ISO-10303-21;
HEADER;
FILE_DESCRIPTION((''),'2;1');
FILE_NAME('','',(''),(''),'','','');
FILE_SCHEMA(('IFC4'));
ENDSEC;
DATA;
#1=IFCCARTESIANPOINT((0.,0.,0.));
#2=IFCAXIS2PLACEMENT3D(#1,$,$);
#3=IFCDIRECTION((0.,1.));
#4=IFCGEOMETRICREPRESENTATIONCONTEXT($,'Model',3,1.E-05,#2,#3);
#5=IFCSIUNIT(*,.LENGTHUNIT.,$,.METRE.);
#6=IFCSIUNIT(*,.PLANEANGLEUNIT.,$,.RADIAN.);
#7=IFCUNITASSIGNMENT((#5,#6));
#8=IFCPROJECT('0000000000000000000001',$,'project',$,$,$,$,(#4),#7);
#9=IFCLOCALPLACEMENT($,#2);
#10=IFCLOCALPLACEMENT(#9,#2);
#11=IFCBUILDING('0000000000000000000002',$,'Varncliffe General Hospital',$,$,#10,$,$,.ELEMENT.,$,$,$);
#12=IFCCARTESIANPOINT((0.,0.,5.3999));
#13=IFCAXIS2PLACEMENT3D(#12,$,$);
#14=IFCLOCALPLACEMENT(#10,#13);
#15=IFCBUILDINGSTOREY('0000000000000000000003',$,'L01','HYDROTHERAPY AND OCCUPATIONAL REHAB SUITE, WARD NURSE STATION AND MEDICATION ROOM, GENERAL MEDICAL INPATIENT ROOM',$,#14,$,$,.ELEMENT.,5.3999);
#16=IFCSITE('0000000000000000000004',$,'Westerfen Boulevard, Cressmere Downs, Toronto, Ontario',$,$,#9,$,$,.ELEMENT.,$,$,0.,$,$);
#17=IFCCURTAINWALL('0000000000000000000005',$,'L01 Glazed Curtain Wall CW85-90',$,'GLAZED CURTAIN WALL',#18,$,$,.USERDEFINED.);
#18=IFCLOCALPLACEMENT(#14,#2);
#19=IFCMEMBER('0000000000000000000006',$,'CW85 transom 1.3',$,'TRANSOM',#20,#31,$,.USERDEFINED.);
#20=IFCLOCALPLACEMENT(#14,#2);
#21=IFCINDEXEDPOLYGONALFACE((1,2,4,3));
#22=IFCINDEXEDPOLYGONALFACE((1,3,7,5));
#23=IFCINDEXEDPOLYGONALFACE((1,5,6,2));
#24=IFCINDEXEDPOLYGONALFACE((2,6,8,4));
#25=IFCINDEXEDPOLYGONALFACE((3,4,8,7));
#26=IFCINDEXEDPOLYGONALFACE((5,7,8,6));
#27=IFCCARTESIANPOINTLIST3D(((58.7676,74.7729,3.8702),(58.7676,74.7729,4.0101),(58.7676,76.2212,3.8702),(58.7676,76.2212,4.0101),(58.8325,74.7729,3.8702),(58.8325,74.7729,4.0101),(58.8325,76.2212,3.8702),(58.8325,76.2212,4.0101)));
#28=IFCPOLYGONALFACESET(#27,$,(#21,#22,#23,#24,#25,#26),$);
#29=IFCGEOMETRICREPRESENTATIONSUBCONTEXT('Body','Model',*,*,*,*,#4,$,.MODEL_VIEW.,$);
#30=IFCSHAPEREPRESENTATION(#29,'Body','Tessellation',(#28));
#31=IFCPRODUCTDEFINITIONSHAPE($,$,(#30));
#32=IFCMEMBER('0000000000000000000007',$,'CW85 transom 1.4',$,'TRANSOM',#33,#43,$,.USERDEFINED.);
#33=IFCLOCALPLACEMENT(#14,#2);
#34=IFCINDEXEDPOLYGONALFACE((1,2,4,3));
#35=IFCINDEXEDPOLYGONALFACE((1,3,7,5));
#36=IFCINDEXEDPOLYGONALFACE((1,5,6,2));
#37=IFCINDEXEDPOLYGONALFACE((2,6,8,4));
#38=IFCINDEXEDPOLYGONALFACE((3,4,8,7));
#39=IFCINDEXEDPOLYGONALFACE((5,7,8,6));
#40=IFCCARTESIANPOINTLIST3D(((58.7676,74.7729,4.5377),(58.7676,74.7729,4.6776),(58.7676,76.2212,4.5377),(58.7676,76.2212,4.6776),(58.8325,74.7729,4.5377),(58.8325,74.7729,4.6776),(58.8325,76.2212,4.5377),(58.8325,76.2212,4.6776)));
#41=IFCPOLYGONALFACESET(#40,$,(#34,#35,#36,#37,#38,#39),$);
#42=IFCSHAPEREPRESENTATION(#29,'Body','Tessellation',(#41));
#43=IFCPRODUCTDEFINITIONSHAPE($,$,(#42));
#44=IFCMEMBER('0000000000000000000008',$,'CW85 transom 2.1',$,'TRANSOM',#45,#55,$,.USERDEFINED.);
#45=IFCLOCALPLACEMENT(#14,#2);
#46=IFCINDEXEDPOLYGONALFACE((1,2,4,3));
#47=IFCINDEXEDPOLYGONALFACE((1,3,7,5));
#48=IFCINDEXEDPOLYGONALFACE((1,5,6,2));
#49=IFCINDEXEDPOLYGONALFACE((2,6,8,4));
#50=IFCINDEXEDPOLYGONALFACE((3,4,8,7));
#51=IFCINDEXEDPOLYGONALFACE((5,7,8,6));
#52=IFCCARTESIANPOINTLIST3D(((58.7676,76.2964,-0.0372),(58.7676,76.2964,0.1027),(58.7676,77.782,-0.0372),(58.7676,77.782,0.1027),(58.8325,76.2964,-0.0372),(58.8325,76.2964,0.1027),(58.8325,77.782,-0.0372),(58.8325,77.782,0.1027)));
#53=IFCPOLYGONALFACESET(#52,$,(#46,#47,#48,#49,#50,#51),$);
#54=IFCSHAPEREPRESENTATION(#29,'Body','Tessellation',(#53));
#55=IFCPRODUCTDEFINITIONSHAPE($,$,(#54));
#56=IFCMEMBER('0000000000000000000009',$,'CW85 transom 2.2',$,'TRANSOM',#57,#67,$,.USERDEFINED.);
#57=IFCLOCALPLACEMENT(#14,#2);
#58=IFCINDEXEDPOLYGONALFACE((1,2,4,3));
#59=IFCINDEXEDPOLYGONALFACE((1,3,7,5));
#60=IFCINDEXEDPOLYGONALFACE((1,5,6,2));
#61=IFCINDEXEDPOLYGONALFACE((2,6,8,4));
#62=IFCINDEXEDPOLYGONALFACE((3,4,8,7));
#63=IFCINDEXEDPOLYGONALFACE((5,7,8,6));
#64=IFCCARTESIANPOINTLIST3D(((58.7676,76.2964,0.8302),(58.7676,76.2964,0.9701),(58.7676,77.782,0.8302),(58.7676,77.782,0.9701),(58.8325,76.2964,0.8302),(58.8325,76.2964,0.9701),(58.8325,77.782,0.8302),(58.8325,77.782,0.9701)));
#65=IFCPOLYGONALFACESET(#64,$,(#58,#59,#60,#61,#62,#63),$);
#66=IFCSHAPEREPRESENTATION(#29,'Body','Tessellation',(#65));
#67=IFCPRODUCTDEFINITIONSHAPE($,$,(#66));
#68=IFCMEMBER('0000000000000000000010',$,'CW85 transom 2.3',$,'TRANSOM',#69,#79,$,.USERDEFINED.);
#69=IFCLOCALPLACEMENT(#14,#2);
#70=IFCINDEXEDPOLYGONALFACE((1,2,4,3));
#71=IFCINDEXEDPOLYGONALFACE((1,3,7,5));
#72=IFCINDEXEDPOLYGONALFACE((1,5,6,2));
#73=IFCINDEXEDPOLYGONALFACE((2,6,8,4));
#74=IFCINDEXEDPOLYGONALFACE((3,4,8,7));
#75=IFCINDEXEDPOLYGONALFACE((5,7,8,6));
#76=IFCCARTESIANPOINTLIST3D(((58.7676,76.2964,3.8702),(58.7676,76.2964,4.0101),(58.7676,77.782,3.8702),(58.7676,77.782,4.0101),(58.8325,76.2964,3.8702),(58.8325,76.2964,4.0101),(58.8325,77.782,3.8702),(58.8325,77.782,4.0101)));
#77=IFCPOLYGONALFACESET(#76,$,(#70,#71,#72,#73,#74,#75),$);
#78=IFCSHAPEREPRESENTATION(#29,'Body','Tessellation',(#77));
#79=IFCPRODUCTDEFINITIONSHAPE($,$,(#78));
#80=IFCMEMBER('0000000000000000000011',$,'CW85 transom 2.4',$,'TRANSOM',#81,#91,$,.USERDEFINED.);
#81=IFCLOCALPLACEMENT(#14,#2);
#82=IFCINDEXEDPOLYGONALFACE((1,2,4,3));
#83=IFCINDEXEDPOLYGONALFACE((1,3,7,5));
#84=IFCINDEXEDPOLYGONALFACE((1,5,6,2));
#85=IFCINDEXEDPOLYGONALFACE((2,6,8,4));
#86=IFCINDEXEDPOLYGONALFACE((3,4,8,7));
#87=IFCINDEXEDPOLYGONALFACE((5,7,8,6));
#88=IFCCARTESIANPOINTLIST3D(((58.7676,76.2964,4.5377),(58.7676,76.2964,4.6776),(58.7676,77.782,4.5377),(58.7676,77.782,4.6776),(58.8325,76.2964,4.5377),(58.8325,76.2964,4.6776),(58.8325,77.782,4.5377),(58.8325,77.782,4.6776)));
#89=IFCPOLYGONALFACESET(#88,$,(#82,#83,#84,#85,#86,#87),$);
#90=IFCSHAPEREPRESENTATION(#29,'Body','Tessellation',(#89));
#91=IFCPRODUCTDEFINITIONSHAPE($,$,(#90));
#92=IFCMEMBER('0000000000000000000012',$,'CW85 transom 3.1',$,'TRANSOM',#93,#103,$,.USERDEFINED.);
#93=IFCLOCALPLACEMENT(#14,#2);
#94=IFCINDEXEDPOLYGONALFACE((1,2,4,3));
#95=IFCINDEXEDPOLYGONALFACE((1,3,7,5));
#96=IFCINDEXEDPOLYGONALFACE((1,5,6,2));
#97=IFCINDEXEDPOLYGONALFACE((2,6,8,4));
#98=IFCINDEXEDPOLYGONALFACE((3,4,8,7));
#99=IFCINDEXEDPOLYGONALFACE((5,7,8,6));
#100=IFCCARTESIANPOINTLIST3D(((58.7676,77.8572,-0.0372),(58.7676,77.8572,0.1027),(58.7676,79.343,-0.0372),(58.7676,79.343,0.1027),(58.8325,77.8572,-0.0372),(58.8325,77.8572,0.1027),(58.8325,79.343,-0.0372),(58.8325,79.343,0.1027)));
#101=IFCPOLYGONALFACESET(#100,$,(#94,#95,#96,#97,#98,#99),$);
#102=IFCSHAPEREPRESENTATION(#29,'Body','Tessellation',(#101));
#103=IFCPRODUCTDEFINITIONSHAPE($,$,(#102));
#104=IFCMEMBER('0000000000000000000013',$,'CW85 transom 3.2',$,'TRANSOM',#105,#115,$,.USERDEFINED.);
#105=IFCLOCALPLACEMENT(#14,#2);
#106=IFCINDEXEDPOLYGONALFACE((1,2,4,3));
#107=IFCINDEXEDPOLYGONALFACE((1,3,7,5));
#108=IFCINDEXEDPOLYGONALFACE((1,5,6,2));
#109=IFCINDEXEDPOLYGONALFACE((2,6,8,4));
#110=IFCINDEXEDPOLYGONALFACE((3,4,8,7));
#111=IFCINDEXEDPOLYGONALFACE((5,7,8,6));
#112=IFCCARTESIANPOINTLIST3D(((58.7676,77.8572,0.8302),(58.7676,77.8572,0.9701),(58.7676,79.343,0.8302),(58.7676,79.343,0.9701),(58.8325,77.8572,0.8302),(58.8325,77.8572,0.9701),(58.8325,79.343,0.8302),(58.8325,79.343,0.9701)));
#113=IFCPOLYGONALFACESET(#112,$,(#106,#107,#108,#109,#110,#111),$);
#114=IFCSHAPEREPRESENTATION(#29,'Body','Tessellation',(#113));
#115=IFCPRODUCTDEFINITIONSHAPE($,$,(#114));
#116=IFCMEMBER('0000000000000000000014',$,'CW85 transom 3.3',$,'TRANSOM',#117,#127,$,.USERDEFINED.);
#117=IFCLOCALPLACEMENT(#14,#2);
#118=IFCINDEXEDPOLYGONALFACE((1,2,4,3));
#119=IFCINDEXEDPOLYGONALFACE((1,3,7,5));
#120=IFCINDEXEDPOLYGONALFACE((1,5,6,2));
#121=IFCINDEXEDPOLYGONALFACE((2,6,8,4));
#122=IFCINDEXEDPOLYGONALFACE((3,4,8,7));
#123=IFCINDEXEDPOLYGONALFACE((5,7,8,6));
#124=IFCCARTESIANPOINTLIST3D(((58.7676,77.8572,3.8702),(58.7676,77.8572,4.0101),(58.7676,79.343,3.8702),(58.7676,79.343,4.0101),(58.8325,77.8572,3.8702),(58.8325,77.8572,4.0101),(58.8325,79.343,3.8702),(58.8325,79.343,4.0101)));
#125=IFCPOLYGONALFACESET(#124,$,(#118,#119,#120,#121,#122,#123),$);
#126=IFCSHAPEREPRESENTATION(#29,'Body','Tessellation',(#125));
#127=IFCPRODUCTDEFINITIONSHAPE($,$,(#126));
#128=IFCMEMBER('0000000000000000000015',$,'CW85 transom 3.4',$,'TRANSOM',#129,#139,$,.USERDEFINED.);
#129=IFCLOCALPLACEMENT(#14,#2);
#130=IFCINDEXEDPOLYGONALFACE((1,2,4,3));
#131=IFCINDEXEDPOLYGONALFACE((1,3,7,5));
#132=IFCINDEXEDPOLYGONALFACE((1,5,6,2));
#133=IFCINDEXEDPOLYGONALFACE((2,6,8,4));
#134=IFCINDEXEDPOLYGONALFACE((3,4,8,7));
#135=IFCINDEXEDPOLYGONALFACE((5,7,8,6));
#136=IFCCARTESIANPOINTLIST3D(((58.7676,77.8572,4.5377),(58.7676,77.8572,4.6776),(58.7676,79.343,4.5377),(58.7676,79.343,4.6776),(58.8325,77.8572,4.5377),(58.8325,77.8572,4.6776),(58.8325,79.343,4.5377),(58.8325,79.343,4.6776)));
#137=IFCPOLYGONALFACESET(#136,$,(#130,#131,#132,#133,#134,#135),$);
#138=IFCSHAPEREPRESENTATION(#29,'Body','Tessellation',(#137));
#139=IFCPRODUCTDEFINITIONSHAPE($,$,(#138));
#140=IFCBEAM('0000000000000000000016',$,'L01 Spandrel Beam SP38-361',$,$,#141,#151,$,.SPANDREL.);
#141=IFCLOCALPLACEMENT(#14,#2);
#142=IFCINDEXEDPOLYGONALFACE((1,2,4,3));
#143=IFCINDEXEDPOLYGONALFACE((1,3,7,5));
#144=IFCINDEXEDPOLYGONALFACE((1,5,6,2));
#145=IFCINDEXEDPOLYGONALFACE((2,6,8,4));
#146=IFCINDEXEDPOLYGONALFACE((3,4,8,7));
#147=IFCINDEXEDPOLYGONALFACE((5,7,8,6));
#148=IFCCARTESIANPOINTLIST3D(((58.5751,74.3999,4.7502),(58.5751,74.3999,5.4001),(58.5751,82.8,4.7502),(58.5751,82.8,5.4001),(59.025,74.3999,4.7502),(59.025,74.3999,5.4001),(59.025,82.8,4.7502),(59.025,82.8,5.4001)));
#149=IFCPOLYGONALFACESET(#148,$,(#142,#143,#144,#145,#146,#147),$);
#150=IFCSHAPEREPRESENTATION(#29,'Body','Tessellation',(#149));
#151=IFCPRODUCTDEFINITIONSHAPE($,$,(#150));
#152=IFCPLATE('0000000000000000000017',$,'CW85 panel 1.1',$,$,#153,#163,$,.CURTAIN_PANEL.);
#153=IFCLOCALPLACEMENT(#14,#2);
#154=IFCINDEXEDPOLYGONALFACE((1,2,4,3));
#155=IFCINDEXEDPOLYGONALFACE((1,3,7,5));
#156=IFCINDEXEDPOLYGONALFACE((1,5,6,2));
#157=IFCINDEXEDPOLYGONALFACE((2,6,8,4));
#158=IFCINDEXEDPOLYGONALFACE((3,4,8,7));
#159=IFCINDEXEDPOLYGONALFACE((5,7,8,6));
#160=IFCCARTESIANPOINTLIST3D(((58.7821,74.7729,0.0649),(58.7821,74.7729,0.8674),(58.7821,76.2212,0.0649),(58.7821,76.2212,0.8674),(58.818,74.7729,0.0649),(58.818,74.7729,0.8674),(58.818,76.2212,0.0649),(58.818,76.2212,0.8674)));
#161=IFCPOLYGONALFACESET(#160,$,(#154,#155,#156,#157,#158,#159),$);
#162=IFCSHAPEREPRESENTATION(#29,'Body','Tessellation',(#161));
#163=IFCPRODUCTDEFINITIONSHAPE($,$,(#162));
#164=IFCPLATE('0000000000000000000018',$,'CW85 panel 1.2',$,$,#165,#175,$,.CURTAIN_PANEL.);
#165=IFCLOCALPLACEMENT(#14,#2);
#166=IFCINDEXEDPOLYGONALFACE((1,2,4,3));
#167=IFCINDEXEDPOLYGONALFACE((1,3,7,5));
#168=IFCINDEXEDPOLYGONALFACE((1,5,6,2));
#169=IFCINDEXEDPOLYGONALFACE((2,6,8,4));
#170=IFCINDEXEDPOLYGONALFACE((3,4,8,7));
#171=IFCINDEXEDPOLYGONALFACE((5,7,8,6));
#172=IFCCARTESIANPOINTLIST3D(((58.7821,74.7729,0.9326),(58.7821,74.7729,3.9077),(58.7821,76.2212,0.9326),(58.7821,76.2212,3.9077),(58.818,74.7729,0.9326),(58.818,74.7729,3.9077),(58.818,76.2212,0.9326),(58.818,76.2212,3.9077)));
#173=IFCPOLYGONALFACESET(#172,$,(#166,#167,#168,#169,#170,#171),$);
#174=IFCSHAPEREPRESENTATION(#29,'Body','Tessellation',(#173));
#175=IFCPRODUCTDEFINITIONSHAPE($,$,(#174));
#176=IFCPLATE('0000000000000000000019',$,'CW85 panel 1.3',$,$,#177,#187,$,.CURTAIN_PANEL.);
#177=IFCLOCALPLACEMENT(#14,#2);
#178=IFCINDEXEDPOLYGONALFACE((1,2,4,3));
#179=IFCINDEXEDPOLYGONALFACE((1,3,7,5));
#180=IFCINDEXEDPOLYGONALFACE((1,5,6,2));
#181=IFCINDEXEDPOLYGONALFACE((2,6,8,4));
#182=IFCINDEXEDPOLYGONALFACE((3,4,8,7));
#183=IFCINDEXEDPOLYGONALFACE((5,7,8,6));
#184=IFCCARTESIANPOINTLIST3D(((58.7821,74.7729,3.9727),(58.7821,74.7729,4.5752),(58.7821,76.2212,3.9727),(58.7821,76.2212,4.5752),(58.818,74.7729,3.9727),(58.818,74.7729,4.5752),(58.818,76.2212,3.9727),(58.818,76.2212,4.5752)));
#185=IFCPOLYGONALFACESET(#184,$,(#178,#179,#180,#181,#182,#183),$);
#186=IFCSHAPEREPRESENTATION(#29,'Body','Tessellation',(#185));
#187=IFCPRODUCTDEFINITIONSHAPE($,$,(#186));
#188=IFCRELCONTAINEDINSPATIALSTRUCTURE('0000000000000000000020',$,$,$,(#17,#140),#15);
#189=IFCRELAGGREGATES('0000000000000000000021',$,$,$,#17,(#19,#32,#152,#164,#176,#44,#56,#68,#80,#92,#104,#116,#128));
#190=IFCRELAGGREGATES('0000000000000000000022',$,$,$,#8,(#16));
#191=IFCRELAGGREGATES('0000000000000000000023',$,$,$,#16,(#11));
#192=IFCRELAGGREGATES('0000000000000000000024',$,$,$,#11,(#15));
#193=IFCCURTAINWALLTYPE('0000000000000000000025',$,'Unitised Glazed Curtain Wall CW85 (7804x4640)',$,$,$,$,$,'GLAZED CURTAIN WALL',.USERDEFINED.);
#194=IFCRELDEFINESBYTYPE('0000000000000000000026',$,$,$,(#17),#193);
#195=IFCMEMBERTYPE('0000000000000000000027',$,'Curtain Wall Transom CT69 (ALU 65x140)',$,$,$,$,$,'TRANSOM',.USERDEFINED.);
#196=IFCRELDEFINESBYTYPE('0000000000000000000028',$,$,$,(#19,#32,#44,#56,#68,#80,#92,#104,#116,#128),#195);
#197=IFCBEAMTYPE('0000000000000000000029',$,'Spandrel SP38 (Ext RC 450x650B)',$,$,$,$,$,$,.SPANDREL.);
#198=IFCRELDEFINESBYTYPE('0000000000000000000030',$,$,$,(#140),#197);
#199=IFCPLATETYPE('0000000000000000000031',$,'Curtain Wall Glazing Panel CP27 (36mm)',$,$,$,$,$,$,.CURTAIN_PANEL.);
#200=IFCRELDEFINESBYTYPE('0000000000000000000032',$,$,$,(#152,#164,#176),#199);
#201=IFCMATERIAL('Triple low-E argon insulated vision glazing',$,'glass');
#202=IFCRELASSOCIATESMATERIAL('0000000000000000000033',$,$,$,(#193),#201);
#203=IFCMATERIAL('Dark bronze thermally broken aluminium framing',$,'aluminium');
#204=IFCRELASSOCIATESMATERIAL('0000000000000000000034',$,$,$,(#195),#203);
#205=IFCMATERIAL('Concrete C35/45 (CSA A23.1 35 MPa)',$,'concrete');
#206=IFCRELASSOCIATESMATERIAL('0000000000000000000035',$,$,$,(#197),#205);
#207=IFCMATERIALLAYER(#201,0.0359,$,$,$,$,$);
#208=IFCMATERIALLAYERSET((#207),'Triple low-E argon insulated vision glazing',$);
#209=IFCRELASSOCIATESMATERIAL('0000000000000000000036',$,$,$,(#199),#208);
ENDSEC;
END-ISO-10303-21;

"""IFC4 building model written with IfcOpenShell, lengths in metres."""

from ifc_helpers import new_model, si_unit, direction, frame, origin, origin_2d, place, context, subcontext, project, spatial, rectangle, extrude, material, layer, layer_set, material_profile, profile_set, type_object, element, aggregate, save


model = new_model("IFC4")

# Units and contexts
model_context = context("Model", 3, precision=1e-05, world=origin(), true_north=direction((0.0, 1.0)))
body_context = subcontext(model_context, "Body", "Model", "MODEL_VIEW")
ifc_project = project(units=[si_unit("LENGTHUNIT", "METRE"), si_unit("PLANEANGLEUNIT", "RADIAN")], contexts=[model_context])

# Site, building, storey
site_placement = place(None, origin())
site = spatial("IfcSite", under=ifc_project, at=site_placement, Name="Westerfen Boulevard, Cressmere Downs, Toronto, Ontario", CompositionType="ELEMENT", RefElevation=0.0)
building_placement = place(site_placement, origin())
building = spatial("IfcBuilding", under=site, at=building_placement, Name="Varncliffe General Hospital", CompositionType="ELEMENT")
storey_placement = place(building_placement, frame((0.0, 0.0, 5.3999)))
storey = spatial("IfcBuildingStorey", under=building, at=storey_placement, Name="L01", Description="HYDROTHERAPY AND OCCUPATIONAL REHAB SUITE, WARD NURSE STATION AND MEDICATION ROOM, GENERAL MEDICAL INPATIENT ROOM", CompositionType="ELEMENT", Elevation=5.3999)

# Shared definitions
ifc_material_1 = material(Name="Concrete C35/45 (CSA A23.1 35 MPa)", Category="concrete")

# Curtain wall
ifc_material_2 = material(Name="Triple low-E argon insulated vision glazing", Category="glass")
ifc_material_3 = material(Name="Dark bronze thermally broken aluminium framing", Category="aluminium")
curtain_wall_type_1 = type_object("IfcCurtainWallType", Name="Unitised Glazed Curtain Wall CW85 (7804x4640)", ElementType="GLAZED CURTAIN WALL", PredefinedType="USERDEFINED", material=ifc_material_2)
curtain_wall_1_placement = place(storey_placement, origin())
curtain_wall_1 = element("IfcCurtainWall", 1, at=curtain_wall_1_placement, inside=storey, type_object=curtain_wall_type_1, Name="L01 Glazed Curtain Wall CW85-90", ObjectType="GLAZED CURTAIN WALL", PredefinedType="USERDEFINED")

# Members
ifc_material_profile_1 = material_profile(ifc_material_3, rectangle(XDim=0.0649, YDim=0.1399, at=origin_2d()), Name="ALU 65x140")
ifc_profile_set_1 = profile_set([ifc_material_profile_1], Name="Dark bronze thermally broken aluminium framing")
member_type_1 = type_object("IfcMemberType", Name="Curtain Wall Transom CT69 (ALU 65x140)", ElementType="TRANSOM", PredefinedType="USERDEFINED", material=ifc_profile_set_1)
member_1_placement = place(storey_placement, frame((58.8, 74.7729, 3.9402), z_axis=(0.0, 1.0, 0.0), x_axis=(-1.0, 0.0, 0.0)))
member_1 = element("IfcMember", 2, at=member_1_placement, type_object=member_type_1, Name="CW85 transom 1.3", ObjectType="TRANSOM", PredefinedType="USERDEFINED", context=body_context, shape_type="SweptSolid", body=[
    extrude(rectangle(XDim=0.0649, YDim=0.1399, at=origin_2d()), origin(), (0.0, 0.0, 1.0), 1.4482),
])
member_2_placement = place(storey_placement, frame((58.8, 74.7729, 4.6077), z_axis=(0.0, 1.0, 0.0), x_axis=(-1.0, 0.0, 0.0)))
member_2 = element("IfcMember", 3, at=member_2_placement, type_object=member_type_1, Name="CW85 transom 1.4", ObjectType="TRANSOM", PredefinedType="USERDEFINED", context=body_context, shape_type="SweptSolid", body=[
    extrude(rectangle(XDim=0.0649, YDim=0.1399, at=origin_2d()), origin(), (0.0, 0.0, 1.0), 1.4482),
])
member_3_placement = place(storey_placement, frame((58.8, 76.2964, 0.0327), z_axis=(0.0, 1.0, 0.0), x_axis=(-1.0, 0.0, 0.0)))
member_3 = element("IfcMember", 4, at=member_3_placement, type_object=member_type_1, Name="CW85 transom 2.1", ObjectType="TRANSOM", PredefinedType="USERDEFINED", context=body_context, shape_type="SweptSolid", body=[
    extrude(rectangle(XDim=0.0649, YDim=0.1399, at=origin_2d()), origin(), (0.0, 0.0, 1.0), 1.4856),
])
member_4_placement = place(storey_placement, frame((58.8, 76.2964, 0.9001), z_axis=(0.0, 1.0, 0.0), x_axis=(-1.0, 0.0, 0.0)))
member_4 = element("IfcMember", 5, at=member_4_placement, type_object=member_type_1, Name="CW85 transom 2.2", ObjectType="TRANSOM", PredefinedType="USERDEFINED", context=body_context, shape_type="SweptSolid", body=[
    extrude(rectangle(XDim=0.0649, YDim=0.1399, at=origin_2d()), origin(), (0.0, 0.0, 1.0), 1.4856),
])
member_5_placement = place(storey_placement, frame((58.8, 76.2964, 3.9402), z_axis=(0.0, 1.0, 0.0), x_axis=(-1.0, 0.0, 0.0)))
member_5 = element("IfcMember", 6, at=member_5_placement, type_object=member_type_1, Name="CW85 transom 2.3", ObjectType="TRANSOM", PredefinedType="USERDEFINED", context=body_context, shape_type="SweptSolid", body=[
    extrude(rectangle(XDim=0.0649, YDim=0.1399, at=origin_2d()), origin(), (0.0, 0.0, 1.0), 1.4856),
])
member_6_placement = place(storey_placement, frame((58.8, 76.2964, 4.6077), z_axis=(0.0, 1.0, 0.0), x_axis=(-1.0, 0.0, 0.0)))
member_6 = element("IfcMember", 7, at=member_6_placement, type_object=member_type_1, Name="CW85 transom 2.4", ObjectType="TRANSOM", PredefinedType="USERDEFINED", context=body_context, shape_type="SweptSolid", body=[
    extrude(rectangle(XDim=0.0649, YDim=0.1399, at=origin_2d()), origin(), (0.0, 0.0, 1.0), 1.4856),
])
member_7_placement = place(storey_placement, frame((58.8, 77.8572, 0.0327), z_axis=(0.0, 1.0, 0.0), x_axis=(-1.0, 0.0, 0.0)))
member_7 = element("IfcMember", 8, at=member_7_placement, type_object=member_type_1, Name="CW85 transom 3.1", ObjectType="TRANSOM", PredefinedType="USERDEFINED", context=body_context, shape_type="SweptSolid", body=[
    extrude(rectangle(XDim=0.0649, YDim=0.1399, at=origin_2d()), origin(), (0.0, 0.0, 1.0), 1.4858),
])
member_8_placement = place(storey_placement, frame((58.8, 77.8572, 0.9001), z_axis=(0.0, 1.0, 0.0), x_axis=(-1.0, 0.0, 0.0)))
member_8 = element("IfcMember", 9, at=member_8_placement, type_object=member_type_1, Name="CW85 transom 3.2", ObjectType="TRANSOM", PredefinedType="USERDEFINED", context=body_context, shape_type="SweptSolid", body=[
    extrude(rectangle(XDim=0.0649, YDim=0.1399, at=origin_2d()), origin(), (0.0, 0.0, 1.0), 1.4858),
])
member_9_placement = place(storey_placement, frame((58.8, 77.8572, 3.9402), z_axis=(0.0, 1.0, 0.0), x_axis=(-1.0, 0.0, 0.0)))
member_9 = element("IfcMember", 10, at=member_9_placement, type_object=member_type_1, Name="CW85 transom 3.3", ObjectType="TRANSOM", PredefinedType="USERDEFINED", context=body_context, shape_type="SweptSolid", body=[
    extrude(rectangle(XDim=0.0649, YDim=0.1399, at=origin_2d()), origin(), (0.0, 0.0, 1.0), 1.4858),
])
member_10_placement = place(storey_placement, frame((58.8, 77.8572, 4.6077), z_axis=(0.0, 1.0, 0.0), x_axis=(-1.0, 0.0, 0.0)))
member_10 = element("IfcMember", 11, at=member_10_placement, type_object=member_type_1, Name="CW85 transom 3.4", ObjectType="TRANSOM", PredefinedType="USERDEFINED", context=body_context, shape_type="SweptSolid", body=[
    extrude(rectangle(XDim=0.0649, YDim=0.1399, at=origin_2d()), origin(), (0.0, 0.0, 1.0), 1.4858),
])

# Beam
ifc_material_profile_2 = material_profile(ifc_material_1, rectangle(XDim=0.45, YDim=0.6499, at=origin_2d()), Name="RC 450x650")
ifc_profile_set_2 = profile_set([ifc_material_profile_2], Name="Concrete C35/45 (CSA A23.1 35 MPa)")
beam_type_1 = type_object("IfcBeamType", Name="Spandrel SP38 (Ext RC 450x650B)", PredefinedType="SPANDREL", material=ifc_profile_set_2)
beam_1_placement = place(storey_placement, frame((58.8, 74.3999, 5.0752), z_axis=(0.0, 1.0, 0.0), x_axis=(-1.0, 0.0, 0.0)))
element("IfcBeam", 12, at=beam_1_placement, inside=storey, type_object=beam_type_1, Name="L01 Spandrel Beam SP38-361", PredefinedType="SPANDREL", context=body_context, shape_type="SweptSolid", body=[
    extrude(rectangle(XDim=0.45, YDim=0.6499, at=origin_2d()), origin(), (0.0, 0.0, 1.0), 8.4001),
])

# Plates
ifc_layer_1 = layer(ifc_material_2, 0.0359)
ifc_layer_set_1 = layer_set([ifc_layer_1], Name="Triple low-E argon insulated vision glazing")
plate_type_1 = type_object("IfcPlateType", Name="Curtain Wall Glazing Panel CP27 (36mm)", PredefinedType="CURTAIN_PANEL", material=ifc_layer_set_1)
plate_1_placement = place(storey_placement, frame((58.8, 75.4971, 0.0649), z_axis=(0.0, 0.0, 1.0), x_axis=(0.0, 1.0, 0.0)))
plate_1 = element("IfcPlate", 13, at=plate_1_placement, type_object=plate_type_1, Name="CW85 panel 1.1", PredefinedType="CURTAIN_PANEL", context=body_context, shape_type="SweptSolid", body=[
    extrude(rectangle(XDim=1.4482, YDim=0.0359, at=origin_2d()), origin(), (0.0, 0.0, 1.0), 0.8025),
])
plate_2_placement = place(storey_placement, frame((58.8, 75.4971, 0.9326), z_axis=(0.0, 0.0, 1.0), x_axis=(0.0, 1.0, 0.0)))
plate_2 = element("IfcPlate", 14, at=plate_2_placement, type_object=plate_type_1, Name="CW85 panel 1.2", PredefinedType="CURTAIN_PANEL", context=body_context, shape_type="SweptSolid", body=[
    extrude(rectangle(XDim=1.4482, YDim=0.0359, at=origin_2d()), origin(), (0.0, 0.0, 1.0), 2.9751),
])
plate_3_placement = place(storey_placement, frame((58.8, 75.4971, 3.9727), z_axis=(0.0, 0.0, 1.0), x_axis=(0.0, 1.0, 0.0)))
plate_3 = element("IfcPlate", 15, at=plate_3_placement, type_object=plate_type_1, Name="CW85 panel 1.3", PredefinedType="CURTAIN_PANEL", context=body_context, shape_type="SweptSolid", body=[
    extrude(rectangle(XDim=1.4482, YDim=0.0359, at=origin_2d()), origin(), (0.0, 0.0, 1.0), 0.6025),
])
aggregate(curtain_wall_1, [member_1, member_2, plate_1, plate_2, plate_3, member_3, member_4, member_5, member_6, member_7, member_8, member_9, member_10])

save(model, "model.ifc")
